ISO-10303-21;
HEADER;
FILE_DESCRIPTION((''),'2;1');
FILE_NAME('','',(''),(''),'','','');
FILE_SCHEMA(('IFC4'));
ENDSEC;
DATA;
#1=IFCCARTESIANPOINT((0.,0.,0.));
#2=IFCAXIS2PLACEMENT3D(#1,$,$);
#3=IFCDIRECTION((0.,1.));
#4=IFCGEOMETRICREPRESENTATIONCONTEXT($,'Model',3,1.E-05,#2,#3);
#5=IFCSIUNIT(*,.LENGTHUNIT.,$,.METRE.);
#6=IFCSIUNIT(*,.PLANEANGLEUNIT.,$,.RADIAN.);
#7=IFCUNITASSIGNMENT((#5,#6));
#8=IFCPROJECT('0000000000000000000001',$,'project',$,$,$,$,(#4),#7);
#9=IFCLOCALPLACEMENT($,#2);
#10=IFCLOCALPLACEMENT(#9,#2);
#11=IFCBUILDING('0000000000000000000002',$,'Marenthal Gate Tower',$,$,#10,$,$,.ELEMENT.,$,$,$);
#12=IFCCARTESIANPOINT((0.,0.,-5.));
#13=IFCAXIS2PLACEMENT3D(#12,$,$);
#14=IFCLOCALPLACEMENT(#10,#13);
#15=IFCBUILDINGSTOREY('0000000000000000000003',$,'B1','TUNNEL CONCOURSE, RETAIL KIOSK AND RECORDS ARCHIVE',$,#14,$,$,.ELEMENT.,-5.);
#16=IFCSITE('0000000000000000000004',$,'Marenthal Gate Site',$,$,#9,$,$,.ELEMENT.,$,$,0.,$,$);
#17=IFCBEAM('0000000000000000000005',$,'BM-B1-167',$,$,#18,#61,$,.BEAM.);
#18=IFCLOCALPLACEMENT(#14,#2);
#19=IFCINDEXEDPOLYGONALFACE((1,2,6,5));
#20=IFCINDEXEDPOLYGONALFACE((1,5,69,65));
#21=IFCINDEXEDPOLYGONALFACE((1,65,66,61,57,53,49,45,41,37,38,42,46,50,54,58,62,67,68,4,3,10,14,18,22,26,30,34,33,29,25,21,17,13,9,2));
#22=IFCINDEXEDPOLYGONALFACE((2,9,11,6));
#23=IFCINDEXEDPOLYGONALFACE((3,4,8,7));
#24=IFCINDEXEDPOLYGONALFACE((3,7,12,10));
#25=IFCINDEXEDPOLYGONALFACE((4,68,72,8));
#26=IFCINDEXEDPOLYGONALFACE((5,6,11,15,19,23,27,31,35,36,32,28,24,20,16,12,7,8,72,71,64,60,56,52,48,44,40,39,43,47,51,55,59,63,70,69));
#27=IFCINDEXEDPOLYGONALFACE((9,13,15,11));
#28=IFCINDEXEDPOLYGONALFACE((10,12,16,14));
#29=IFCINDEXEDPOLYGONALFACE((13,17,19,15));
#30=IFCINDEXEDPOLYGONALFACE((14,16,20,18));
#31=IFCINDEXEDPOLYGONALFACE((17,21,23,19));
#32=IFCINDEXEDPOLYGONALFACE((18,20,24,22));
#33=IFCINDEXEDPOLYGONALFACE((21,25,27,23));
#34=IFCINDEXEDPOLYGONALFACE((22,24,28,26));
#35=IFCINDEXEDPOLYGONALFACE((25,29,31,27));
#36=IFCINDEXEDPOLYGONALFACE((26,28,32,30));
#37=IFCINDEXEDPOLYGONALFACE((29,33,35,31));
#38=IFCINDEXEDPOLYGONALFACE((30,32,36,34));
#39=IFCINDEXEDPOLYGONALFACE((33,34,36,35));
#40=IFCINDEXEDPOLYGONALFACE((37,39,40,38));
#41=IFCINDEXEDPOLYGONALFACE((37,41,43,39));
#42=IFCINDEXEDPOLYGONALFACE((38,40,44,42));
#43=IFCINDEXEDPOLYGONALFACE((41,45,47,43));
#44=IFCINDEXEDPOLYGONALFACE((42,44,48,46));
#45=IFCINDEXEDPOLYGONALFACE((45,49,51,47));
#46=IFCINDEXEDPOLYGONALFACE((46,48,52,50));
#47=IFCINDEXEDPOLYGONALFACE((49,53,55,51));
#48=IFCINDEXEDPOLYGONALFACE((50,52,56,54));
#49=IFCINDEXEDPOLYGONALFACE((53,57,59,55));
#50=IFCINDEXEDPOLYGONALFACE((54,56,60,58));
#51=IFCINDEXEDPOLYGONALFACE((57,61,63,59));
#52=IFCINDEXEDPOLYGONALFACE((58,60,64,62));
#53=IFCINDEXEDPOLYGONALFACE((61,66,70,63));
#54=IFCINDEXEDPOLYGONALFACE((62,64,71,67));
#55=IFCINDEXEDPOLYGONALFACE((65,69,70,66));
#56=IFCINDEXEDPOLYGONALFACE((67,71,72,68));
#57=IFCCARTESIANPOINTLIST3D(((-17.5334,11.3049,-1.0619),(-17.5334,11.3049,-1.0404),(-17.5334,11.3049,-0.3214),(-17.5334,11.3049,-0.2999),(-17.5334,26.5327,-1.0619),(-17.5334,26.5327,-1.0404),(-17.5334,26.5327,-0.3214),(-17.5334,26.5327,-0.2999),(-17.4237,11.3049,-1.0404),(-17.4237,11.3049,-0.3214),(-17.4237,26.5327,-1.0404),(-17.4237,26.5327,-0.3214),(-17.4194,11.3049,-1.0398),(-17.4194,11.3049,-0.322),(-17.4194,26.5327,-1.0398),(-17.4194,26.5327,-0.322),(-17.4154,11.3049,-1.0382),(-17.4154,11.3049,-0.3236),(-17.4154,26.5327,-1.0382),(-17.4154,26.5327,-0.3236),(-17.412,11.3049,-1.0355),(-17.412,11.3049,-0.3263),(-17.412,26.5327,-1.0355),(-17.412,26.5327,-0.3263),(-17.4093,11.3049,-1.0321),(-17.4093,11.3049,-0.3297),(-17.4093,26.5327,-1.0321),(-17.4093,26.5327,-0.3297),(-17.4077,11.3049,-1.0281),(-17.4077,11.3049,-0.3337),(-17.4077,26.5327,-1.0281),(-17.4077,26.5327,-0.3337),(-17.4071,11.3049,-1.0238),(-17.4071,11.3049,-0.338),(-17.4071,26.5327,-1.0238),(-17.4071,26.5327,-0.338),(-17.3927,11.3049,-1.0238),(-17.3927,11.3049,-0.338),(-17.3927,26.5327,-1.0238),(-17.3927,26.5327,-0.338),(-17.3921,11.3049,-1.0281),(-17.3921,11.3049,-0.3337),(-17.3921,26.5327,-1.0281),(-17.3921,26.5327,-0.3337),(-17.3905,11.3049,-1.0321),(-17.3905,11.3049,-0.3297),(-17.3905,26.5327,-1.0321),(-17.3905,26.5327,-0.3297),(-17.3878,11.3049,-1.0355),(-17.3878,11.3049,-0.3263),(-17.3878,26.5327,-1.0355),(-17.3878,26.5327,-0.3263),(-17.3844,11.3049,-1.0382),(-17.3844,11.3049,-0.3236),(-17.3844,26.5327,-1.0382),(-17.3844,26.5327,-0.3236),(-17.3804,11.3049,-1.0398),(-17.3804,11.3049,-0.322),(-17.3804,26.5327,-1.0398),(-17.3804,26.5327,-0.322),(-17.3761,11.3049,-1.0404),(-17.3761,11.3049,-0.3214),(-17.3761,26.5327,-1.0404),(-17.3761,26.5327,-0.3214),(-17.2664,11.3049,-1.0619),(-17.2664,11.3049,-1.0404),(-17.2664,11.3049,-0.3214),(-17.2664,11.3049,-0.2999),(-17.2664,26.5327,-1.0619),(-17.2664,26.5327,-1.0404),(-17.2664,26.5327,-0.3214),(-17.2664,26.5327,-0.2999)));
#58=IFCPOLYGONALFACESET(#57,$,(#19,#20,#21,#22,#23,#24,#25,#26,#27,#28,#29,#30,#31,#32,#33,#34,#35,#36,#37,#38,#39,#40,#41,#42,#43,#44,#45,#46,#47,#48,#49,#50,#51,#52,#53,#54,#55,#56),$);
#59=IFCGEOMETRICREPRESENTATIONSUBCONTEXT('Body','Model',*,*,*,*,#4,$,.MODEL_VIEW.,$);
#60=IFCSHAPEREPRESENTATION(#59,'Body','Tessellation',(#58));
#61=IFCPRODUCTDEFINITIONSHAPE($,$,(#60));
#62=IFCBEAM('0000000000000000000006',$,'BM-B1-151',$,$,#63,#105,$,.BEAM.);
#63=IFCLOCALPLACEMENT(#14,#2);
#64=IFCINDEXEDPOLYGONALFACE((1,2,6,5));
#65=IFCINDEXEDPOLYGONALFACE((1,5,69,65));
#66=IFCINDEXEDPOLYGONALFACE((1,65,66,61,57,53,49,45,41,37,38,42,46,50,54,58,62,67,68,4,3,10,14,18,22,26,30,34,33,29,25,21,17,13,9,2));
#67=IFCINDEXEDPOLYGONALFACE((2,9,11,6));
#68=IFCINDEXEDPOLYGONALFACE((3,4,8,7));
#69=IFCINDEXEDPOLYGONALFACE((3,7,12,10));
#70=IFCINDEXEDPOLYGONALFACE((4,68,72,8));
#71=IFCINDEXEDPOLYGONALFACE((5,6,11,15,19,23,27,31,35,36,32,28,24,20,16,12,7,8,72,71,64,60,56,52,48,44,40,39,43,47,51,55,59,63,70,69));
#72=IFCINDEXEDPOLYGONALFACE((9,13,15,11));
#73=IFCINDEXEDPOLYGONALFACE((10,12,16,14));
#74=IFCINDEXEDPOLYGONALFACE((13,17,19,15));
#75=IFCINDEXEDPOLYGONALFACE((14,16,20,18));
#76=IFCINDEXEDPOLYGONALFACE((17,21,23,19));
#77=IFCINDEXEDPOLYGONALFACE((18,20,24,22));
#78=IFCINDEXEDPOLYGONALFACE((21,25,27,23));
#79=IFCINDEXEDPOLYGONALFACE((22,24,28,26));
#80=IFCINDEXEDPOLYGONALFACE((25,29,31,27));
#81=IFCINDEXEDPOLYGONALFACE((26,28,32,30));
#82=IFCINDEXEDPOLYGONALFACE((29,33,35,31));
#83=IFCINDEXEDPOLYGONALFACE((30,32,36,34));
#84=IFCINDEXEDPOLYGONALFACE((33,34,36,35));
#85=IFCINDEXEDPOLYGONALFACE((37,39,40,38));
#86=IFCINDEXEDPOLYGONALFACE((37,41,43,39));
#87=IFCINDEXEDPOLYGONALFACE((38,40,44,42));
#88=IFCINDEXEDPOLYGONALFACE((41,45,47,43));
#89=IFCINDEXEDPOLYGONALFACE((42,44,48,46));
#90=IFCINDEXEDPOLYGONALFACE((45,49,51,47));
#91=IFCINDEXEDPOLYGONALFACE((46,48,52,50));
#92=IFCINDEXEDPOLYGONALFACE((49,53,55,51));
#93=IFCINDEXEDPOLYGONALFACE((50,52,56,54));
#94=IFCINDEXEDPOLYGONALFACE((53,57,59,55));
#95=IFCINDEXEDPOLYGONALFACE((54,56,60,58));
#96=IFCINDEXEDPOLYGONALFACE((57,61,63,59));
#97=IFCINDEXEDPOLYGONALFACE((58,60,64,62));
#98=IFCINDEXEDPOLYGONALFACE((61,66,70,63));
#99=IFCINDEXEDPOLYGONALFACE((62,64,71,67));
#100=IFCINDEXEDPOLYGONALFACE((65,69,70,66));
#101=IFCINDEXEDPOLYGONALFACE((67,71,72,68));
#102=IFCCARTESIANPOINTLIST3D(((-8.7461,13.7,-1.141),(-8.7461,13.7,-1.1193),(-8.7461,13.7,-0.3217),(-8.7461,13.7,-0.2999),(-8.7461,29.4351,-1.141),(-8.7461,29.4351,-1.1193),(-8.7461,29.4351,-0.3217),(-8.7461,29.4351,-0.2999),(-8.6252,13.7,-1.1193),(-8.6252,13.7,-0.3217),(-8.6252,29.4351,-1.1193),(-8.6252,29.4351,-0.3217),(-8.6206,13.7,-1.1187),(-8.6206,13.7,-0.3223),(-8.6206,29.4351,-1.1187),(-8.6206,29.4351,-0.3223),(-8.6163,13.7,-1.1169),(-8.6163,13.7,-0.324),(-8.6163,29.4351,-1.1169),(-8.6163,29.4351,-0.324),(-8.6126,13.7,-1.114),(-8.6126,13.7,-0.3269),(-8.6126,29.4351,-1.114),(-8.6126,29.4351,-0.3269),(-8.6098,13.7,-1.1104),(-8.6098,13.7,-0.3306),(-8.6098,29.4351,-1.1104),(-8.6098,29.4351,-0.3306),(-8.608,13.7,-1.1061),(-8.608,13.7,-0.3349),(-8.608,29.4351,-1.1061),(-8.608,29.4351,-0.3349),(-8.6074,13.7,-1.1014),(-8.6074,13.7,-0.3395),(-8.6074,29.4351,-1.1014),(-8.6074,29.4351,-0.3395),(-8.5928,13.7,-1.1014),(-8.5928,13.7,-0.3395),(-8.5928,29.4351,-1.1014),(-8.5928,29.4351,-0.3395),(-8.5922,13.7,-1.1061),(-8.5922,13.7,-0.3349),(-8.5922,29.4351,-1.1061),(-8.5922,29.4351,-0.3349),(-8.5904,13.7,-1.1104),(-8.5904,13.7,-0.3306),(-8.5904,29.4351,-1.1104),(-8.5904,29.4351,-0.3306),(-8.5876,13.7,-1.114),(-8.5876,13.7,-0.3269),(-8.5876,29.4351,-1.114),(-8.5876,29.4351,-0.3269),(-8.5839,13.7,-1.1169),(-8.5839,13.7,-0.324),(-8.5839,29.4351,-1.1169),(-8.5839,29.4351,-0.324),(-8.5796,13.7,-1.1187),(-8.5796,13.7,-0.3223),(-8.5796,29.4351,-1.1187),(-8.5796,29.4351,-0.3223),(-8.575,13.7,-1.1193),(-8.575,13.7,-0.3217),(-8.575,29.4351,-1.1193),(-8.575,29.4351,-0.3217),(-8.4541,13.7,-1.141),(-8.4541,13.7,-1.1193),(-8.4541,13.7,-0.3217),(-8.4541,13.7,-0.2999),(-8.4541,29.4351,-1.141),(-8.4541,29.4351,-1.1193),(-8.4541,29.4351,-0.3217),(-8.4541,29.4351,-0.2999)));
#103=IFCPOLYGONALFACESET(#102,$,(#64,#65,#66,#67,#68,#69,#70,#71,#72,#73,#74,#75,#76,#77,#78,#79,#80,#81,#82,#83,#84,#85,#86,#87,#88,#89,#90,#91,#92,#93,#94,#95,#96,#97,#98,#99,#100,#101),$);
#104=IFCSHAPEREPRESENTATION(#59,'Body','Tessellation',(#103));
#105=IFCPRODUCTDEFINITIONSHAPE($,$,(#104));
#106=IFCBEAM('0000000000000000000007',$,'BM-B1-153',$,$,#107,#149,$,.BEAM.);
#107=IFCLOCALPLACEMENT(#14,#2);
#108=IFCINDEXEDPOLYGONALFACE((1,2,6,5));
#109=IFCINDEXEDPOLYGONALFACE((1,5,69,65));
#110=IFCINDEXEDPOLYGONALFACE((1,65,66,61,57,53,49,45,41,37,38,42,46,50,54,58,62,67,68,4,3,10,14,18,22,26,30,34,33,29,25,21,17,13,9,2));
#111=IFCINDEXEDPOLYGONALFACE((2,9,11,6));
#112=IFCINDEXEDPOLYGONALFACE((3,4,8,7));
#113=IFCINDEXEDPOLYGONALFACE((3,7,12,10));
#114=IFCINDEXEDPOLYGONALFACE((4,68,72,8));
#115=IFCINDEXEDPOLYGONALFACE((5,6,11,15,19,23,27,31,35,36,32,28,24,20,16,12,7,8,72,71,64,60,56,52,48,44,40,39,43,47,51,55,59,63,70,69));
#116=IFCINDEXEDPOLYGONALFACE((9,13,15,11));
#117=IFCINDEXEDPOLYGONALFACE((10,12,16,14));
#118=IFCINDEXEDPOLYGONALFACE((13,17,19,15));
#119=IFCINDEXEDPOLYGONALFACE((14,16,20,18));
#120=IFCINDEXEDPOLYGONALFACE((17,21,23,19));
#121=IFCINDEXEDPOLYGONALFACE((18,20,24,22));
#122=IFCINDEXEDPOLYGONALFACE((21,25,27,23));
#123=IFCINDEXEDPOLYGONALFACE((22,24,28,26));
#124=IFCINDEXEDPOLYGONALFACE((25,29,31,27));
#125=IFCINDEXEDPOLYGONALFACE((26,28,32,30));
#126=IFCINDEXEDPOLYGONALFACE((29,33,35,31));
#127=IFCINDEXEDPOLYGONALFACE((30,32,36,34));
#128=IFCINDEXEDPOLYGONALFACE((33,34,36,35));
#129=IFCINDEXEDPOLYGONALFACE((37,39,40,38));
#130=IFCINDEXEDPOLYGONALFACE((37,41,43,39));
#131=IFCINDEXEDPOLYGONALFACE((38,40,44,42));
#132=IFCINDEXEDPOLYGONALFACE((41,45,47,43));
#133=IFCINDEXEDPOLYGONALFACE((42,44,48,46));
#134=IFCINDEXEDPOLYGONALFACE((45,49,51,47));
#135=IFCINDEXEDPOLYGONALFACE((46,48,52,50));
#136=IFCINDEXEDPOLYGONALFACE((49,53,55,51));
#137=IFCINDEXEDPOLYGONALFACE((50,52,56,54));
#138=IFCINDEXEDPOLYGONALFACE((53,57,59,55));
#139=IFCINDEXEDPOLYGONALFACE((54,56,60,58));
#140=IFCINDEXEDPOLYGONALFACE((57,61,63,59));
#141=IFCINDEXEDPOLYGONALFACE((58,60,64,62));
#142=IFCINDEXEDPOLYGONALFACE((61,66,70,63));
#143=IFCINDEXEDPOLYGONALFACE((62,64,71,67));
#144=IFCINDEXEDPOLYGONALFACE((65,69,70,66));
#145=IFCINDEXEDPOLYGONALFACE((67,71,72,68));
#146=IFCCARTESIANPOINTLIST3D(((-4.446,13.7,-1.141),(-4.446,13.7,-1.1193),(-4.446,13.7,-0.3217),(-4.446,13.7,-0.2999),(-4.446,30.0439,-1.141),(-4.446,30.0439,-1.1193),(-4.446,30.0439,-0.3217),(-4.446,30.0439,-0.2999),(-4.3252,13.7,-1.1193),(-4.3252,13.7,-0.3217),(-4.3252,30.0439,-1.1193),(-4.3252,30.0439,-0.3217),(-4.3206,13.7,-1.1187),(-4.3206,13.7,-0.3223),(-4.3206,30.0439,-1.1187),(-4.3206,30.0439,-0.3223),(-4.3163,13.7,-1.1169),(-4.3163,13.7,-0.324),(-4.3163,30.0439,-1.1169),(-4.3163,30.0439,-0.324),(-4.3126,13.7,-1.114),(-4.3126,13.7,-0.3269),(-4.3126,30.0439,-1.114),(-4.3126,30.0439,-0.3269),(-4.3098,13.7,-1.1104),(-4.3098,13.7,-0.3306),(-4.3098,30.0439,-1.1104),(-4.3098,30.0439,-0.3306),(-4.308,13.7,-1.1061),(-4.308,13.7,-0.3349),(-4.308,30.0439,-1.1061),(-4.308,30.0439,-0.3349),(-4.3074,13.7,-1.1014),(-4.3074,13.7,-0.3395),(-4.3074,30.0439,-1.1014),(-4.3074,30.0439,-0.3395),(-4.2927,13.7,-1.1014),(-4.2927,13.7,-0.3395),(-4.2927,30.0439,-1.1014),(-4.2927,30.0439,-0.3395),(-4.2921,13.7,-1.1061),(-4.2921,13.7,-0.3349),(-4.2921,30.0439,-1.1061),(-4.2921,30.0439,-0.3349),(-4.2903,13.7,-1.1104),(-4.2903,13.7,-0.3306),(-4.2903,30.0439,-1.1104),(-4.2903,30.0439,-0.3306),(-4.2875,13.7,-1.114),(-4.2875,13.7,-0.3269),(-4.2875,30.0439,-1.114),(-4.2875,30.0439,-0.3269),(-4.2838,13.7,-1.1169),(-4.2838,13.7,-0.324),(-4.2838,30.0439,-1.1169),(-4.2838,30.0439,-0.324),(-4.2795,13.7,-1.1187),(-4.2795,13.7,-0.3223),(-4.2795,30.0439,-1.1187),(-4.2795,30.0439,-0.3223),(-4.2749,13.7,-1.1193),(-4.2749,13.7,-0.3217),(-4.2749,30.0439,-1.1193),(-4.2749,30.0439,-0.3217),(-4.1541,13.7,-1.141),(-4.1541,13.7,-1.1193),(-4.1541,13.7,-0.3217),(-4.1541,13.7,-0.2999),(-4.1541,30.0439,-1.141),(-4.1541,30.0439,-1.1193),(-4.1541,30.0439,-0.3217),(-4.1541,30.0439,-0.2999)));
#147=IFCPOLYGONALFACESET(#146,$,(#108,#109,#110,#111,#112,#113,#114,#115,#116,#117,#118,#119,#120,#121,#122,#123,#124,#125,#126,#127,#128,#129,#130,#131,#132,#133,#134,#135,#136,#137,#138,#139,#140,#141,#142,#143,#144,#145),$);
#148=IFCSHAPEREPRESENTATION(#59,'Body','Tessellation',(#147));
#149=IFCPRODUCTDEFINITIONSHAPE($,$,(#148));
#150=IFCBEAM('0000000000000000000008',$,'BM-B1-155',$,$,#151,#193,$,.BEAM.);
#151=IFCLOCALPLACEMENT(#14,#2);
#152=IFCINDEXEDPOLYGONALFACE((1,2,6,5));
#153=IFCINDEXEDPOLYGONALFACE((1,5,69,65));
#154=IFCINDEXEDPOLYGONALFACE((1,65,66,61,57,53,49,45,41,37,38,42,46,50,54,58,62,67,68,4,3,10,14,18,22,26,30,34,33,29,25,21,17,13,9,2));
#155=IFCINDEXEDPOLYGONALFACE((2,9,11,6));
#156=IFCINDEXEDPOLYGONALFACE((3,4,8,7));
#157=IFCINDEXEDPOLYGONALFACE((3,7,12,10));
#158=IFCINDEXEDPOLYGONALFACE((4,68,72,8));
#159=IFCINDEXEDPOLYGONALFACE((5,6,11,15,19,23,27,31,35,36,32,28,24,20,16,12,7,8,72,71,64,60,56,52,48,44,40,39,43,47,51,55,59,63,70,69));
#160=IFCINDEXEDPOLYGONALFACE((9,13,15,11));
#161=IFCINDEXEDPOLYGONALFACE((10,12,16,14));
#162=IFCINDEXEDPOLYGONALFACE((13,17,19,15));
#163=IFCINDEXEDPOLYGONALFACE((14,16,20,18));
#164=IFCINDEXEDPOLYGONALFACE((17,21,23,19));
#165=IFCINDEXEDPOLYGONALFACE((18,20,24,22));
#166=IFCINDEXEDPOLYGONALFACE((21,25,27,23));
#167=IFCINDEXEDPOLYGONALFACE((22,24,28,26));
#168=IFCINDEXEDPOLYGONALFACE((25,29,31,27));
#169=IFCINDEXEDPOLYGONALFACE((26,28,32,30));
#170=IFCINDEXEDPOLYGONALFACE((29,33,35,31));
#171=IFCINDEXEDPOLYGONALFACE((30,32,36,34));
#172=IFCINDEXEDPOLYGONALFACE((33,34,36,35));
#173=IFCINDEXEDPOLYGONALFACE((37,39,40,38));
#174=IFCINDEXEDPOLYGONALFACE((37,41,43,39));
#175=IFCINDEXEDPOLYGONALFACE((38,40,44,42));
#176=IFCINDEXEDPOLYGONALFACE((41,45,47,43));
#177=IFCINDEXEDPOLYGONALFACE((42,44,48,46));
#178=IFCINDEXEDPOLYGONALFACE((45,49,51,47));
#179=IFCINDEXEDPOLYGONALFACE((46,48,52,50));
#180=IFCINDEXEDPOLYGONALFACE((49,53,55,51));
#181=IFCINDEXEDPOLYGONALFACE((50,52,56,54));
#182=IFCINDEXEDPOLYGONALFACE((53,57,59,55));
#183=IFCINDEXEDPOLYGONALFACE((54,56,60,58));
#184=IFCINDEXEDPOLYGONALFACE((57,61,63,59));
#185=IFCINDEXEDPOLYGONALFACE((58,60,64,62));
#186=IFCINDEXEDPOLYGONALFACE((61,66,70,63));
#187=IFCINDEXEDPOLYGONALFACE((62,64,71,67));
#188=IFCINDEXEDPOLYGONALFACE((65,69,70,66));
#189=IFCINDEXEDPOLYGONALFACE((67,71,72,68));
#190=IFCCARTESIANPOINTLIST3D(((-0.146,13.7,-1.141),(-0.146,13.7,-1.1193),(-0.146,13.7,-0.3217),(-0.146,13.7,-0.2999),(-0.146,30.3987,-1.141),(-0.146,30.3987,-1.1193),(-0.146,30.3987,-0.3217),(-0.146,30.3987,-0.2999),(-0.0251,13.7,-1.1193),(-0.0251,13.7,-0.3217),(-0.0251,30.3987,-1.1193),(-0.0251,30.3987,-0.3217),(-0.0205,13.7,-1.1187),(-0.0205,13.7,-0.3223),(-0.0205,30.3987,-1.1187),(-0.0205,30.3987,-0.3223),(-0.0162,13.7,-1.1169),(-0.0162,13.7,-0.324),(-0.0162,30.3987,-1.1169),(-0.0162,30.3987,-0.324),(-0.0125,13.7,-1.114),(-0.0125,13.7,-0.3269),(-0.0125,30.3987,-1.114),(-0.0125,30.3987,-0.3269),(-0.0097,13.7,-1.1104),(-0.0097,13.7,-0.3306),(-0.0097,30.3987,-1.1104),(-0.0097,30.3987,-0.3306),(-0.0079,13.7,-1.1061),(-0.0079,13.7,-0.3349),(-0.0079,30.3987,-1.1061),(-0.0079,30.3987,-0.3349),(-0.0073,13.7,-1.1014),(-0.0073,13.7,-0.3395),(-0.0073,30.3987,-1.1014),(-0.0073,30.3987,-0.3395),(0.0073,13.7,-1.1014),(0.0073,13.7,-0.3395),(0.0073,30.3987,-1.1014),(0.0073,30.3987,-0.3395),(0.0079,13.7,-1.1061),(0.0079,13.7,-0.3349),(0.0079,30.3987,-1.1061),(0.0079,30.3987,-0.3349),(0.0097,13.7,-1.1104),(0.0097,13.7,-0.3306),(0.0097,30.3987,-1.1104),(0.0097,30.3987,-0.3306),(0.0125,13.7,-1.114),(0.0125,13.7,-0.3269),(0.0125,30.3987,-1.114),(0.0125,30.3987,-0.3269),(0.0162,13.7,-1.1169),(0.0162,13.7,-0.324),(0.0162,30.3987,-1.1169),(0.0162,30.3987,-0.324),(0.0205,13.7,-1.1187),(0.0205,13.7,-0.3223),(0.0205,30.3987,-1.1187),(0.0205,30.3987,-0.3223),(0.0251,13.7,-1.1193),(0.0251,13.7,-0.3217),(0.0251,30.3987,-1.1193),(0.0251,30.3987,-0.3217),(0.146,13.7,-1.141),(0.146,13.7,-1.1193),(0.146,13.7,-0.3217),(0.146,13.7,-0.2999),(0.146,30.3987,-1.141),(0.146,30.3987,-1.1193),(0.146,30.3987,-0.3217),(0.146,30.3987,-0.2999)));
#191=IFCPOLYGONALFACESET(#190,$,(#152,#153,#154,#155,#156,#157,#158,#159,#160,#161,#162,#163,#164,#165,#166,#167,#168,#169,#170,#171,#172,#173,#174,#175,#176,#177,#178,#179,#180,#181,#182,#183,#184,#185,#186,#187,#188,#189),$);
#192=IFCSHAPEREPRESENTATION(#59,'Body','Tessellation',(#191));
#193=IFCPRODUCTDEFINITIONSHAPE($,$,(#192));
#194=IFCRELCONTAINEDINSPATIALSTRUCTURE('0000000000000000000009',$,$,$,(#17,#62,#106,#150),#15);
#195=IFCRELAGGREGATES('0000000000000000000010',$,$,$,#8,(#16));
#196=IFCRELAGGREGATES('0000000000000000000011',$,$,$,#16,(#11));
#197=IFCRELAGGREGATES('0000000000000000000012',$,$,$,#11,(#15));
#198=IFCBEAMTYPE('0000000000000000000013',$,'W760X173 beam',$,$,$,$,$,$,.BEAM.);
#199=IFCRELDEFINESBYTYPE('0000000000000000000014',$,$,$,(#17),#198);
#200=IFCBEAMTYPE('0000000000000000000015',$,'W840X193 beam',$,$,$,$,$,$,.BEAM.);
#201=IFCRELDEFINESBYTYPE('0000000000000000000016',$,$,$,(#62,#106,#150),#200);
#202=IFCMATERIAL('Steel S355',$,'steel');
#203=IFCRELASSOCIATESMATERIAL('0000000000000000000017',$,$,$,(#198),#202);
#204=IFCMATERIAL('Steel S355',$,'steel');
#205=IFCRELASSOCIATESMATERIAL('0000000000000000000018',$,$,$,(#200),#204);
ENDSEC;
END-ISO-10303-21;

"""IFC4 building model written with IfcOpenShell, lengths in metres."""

from ifc_helpers import new_model, si_unit, direction, frame, origin, origin_2d, place, context, subcontext, project, spatial, i_section, extrude, material, material_profile, profile_set, type_object, element, save


model = new_model("IFC4")

# Units and contexts
model_context = context("Model", 3, precision=1e-05, world=origin(), true_north=direction((0.0, 1.0)))
body_context = subcontext(model_context, "Body", "Model", "MODEL_VIEW")
ifc_project = project(units=[si_unit("LENGTHUNIT", "METRE"), si_unit("PLANEANGLEUNIT", "RADIAN")], contexts=[model_context])

# Site, building, storey
site_placement = place(None, origin())
site = spatial("IfcSite", under=ifc_project, at=site_placement, Name="Marenthal Gate Site", CompositionType="ELEMENT", RefElevation=0.0)
building_placement = place(site_placement, origin())
building = spatial("IfcBuilding", under=site, at=building_placement, Name="Marenthal Gate Tower", CompositionType="ELEMENT")
storey_placement = place(building_placement, frame((0.0, 0.0, -5.0)))
storey = spatial("IfcBuildingStorey", under=building, at=storey_placement, Name="B1", Description="TUNNEL CONCOURSE, RETAIL KIOSK AND RECORDS ARCHIVE", CompositionType="ELEMENT", Elevation=-5.0)

# Beams
ifc_material_1 = material(Name="Steel S355", Category="steel")
ifc_material_profile_1 = material_profile(ifc_material_1, i_section(OverallWidth=0.2671, OverallDepth=0.762, WebThickness=0.0144, FlangeThickness=0.0215, FilletRadius=0.0166, at=origin_2d()), Name="W760X173")
ifc_profile_set_1 = profile_set([ifc_material_profile_1], Name="Steel S355")
beam_type_1 = type_object("IfcBeamType", Name="W760X173 beam", PredefinedType="BEAM", material=ifc_profile_set_1)
beam_1_placement = place(storey_placement, frame((-17.3999, 11.3049, -0.6809), z_axis=(0.0, 1.0, 0.0), x_axis=(-1.0, 0.0, 0.0)))
element("IfcBeam", 1, at=beam_1_placement, inside=storey, type_object=beam_type_1, Name="BM-B1-167", PredefinedType="BEAM", context=body_context, shape_type="SweptSolid", body=[
    extrude(i_section(OverallWidth=0.2671, OverallDepth=0.762, WebThickness=0.0144, FlangeThickness=0.0215, FilletRadius=0.0166, at=origin_2d()), origin(), (0.0, 0.0, 1.0), 15.2278),
])
ifc_material_2 = material(Name="Steel S355", Category="steel")
ifc_material_profile_2 = material_profile(ifc_material_2, i_section(OverallWidth=0.292, OverallDepth=0.8411, WebThickness=0.0146, FlangeThickness=0.0217, FilletRadius=0.0178, at=origin_2d()), Name="W840X193")
ifc_profile_set_2 = profile_set([ifc_material_profile_2], Name="Steel S355")
beam_type_2 = type_object("IfcBeamType", Name="W840X193 beam", PredefinedType="BEAM", material=ifc_profile_set_2)
beam_2_placement = place(storey_placement, frame((-8.6001, 13.7, -0.7205), z_axis=(0.0, 1.0, 0.0), x_axis=(-1.0, 0.0, 0.0)))
element("IfcBeam", 2, at=beam_2_placement, inside=storey, type_object=beam_type_2, Name="BM-B1-151", PredefinedType="BEAM", context=body_context, shape_type="SweptSolid", body=[
    extrude(i_section(OverallWidth=0.292, OverallDepth=0.8411, WebThickness=0.0146, FlangeThickness=0.0217, FilletRadius=0.0178, at=origin_2d()), origin(), (0.0, 0.0, 1.0), 15.7351),
])
beam_3_placement = place(storey_placement, frame((-4.3, 13.7, -0.7205), z_axis=(0.0, 1.0, 0.0), x_axis=(-1.0, 0.0, 0.0)))
element("IfcBeam", 3, at=beam_3_placement, inside=storey, type_object=beam_type_2, Name="BM-B1-153", PredefinedType="BEAM", context=body_context, shape_type="SweptSolid", body=[
    extrude(i_section(OverallWidth=0.292, OverallDepth=0.8411, WebThickness=0.0146, FlangeThickness=0.0217, FilletRadius=0.0178, at=origin_2d()), origin(), (0.0, 0.0, 1.0), 16.344),
])
beam_4_placement = place(storey_placement, frame((0.0, 13.7, -0.7205), z_axis=(0.0, 1.0, 0.0), x_axis=(-1.0, 0.0, 0.0)))
element("IfcBeam", 4, at=beam_4_placement, inside=storey, type_object=beam_type_2, Name="BM-B1-155", PredefinedType="BEAM", context=body_context, shape_type="SweptSolid", body=[
    extrude(i_section(OverallWidth=0.292, OverallDepth=0.8411, WebThickness=0.0146, FlangeThickness=0.0217, FilletRadius=0.0178, at=origin_2d()), origin(), (0.0, 0.0, 1.0), 16.6987),
])

save(model, "model.ifc")
